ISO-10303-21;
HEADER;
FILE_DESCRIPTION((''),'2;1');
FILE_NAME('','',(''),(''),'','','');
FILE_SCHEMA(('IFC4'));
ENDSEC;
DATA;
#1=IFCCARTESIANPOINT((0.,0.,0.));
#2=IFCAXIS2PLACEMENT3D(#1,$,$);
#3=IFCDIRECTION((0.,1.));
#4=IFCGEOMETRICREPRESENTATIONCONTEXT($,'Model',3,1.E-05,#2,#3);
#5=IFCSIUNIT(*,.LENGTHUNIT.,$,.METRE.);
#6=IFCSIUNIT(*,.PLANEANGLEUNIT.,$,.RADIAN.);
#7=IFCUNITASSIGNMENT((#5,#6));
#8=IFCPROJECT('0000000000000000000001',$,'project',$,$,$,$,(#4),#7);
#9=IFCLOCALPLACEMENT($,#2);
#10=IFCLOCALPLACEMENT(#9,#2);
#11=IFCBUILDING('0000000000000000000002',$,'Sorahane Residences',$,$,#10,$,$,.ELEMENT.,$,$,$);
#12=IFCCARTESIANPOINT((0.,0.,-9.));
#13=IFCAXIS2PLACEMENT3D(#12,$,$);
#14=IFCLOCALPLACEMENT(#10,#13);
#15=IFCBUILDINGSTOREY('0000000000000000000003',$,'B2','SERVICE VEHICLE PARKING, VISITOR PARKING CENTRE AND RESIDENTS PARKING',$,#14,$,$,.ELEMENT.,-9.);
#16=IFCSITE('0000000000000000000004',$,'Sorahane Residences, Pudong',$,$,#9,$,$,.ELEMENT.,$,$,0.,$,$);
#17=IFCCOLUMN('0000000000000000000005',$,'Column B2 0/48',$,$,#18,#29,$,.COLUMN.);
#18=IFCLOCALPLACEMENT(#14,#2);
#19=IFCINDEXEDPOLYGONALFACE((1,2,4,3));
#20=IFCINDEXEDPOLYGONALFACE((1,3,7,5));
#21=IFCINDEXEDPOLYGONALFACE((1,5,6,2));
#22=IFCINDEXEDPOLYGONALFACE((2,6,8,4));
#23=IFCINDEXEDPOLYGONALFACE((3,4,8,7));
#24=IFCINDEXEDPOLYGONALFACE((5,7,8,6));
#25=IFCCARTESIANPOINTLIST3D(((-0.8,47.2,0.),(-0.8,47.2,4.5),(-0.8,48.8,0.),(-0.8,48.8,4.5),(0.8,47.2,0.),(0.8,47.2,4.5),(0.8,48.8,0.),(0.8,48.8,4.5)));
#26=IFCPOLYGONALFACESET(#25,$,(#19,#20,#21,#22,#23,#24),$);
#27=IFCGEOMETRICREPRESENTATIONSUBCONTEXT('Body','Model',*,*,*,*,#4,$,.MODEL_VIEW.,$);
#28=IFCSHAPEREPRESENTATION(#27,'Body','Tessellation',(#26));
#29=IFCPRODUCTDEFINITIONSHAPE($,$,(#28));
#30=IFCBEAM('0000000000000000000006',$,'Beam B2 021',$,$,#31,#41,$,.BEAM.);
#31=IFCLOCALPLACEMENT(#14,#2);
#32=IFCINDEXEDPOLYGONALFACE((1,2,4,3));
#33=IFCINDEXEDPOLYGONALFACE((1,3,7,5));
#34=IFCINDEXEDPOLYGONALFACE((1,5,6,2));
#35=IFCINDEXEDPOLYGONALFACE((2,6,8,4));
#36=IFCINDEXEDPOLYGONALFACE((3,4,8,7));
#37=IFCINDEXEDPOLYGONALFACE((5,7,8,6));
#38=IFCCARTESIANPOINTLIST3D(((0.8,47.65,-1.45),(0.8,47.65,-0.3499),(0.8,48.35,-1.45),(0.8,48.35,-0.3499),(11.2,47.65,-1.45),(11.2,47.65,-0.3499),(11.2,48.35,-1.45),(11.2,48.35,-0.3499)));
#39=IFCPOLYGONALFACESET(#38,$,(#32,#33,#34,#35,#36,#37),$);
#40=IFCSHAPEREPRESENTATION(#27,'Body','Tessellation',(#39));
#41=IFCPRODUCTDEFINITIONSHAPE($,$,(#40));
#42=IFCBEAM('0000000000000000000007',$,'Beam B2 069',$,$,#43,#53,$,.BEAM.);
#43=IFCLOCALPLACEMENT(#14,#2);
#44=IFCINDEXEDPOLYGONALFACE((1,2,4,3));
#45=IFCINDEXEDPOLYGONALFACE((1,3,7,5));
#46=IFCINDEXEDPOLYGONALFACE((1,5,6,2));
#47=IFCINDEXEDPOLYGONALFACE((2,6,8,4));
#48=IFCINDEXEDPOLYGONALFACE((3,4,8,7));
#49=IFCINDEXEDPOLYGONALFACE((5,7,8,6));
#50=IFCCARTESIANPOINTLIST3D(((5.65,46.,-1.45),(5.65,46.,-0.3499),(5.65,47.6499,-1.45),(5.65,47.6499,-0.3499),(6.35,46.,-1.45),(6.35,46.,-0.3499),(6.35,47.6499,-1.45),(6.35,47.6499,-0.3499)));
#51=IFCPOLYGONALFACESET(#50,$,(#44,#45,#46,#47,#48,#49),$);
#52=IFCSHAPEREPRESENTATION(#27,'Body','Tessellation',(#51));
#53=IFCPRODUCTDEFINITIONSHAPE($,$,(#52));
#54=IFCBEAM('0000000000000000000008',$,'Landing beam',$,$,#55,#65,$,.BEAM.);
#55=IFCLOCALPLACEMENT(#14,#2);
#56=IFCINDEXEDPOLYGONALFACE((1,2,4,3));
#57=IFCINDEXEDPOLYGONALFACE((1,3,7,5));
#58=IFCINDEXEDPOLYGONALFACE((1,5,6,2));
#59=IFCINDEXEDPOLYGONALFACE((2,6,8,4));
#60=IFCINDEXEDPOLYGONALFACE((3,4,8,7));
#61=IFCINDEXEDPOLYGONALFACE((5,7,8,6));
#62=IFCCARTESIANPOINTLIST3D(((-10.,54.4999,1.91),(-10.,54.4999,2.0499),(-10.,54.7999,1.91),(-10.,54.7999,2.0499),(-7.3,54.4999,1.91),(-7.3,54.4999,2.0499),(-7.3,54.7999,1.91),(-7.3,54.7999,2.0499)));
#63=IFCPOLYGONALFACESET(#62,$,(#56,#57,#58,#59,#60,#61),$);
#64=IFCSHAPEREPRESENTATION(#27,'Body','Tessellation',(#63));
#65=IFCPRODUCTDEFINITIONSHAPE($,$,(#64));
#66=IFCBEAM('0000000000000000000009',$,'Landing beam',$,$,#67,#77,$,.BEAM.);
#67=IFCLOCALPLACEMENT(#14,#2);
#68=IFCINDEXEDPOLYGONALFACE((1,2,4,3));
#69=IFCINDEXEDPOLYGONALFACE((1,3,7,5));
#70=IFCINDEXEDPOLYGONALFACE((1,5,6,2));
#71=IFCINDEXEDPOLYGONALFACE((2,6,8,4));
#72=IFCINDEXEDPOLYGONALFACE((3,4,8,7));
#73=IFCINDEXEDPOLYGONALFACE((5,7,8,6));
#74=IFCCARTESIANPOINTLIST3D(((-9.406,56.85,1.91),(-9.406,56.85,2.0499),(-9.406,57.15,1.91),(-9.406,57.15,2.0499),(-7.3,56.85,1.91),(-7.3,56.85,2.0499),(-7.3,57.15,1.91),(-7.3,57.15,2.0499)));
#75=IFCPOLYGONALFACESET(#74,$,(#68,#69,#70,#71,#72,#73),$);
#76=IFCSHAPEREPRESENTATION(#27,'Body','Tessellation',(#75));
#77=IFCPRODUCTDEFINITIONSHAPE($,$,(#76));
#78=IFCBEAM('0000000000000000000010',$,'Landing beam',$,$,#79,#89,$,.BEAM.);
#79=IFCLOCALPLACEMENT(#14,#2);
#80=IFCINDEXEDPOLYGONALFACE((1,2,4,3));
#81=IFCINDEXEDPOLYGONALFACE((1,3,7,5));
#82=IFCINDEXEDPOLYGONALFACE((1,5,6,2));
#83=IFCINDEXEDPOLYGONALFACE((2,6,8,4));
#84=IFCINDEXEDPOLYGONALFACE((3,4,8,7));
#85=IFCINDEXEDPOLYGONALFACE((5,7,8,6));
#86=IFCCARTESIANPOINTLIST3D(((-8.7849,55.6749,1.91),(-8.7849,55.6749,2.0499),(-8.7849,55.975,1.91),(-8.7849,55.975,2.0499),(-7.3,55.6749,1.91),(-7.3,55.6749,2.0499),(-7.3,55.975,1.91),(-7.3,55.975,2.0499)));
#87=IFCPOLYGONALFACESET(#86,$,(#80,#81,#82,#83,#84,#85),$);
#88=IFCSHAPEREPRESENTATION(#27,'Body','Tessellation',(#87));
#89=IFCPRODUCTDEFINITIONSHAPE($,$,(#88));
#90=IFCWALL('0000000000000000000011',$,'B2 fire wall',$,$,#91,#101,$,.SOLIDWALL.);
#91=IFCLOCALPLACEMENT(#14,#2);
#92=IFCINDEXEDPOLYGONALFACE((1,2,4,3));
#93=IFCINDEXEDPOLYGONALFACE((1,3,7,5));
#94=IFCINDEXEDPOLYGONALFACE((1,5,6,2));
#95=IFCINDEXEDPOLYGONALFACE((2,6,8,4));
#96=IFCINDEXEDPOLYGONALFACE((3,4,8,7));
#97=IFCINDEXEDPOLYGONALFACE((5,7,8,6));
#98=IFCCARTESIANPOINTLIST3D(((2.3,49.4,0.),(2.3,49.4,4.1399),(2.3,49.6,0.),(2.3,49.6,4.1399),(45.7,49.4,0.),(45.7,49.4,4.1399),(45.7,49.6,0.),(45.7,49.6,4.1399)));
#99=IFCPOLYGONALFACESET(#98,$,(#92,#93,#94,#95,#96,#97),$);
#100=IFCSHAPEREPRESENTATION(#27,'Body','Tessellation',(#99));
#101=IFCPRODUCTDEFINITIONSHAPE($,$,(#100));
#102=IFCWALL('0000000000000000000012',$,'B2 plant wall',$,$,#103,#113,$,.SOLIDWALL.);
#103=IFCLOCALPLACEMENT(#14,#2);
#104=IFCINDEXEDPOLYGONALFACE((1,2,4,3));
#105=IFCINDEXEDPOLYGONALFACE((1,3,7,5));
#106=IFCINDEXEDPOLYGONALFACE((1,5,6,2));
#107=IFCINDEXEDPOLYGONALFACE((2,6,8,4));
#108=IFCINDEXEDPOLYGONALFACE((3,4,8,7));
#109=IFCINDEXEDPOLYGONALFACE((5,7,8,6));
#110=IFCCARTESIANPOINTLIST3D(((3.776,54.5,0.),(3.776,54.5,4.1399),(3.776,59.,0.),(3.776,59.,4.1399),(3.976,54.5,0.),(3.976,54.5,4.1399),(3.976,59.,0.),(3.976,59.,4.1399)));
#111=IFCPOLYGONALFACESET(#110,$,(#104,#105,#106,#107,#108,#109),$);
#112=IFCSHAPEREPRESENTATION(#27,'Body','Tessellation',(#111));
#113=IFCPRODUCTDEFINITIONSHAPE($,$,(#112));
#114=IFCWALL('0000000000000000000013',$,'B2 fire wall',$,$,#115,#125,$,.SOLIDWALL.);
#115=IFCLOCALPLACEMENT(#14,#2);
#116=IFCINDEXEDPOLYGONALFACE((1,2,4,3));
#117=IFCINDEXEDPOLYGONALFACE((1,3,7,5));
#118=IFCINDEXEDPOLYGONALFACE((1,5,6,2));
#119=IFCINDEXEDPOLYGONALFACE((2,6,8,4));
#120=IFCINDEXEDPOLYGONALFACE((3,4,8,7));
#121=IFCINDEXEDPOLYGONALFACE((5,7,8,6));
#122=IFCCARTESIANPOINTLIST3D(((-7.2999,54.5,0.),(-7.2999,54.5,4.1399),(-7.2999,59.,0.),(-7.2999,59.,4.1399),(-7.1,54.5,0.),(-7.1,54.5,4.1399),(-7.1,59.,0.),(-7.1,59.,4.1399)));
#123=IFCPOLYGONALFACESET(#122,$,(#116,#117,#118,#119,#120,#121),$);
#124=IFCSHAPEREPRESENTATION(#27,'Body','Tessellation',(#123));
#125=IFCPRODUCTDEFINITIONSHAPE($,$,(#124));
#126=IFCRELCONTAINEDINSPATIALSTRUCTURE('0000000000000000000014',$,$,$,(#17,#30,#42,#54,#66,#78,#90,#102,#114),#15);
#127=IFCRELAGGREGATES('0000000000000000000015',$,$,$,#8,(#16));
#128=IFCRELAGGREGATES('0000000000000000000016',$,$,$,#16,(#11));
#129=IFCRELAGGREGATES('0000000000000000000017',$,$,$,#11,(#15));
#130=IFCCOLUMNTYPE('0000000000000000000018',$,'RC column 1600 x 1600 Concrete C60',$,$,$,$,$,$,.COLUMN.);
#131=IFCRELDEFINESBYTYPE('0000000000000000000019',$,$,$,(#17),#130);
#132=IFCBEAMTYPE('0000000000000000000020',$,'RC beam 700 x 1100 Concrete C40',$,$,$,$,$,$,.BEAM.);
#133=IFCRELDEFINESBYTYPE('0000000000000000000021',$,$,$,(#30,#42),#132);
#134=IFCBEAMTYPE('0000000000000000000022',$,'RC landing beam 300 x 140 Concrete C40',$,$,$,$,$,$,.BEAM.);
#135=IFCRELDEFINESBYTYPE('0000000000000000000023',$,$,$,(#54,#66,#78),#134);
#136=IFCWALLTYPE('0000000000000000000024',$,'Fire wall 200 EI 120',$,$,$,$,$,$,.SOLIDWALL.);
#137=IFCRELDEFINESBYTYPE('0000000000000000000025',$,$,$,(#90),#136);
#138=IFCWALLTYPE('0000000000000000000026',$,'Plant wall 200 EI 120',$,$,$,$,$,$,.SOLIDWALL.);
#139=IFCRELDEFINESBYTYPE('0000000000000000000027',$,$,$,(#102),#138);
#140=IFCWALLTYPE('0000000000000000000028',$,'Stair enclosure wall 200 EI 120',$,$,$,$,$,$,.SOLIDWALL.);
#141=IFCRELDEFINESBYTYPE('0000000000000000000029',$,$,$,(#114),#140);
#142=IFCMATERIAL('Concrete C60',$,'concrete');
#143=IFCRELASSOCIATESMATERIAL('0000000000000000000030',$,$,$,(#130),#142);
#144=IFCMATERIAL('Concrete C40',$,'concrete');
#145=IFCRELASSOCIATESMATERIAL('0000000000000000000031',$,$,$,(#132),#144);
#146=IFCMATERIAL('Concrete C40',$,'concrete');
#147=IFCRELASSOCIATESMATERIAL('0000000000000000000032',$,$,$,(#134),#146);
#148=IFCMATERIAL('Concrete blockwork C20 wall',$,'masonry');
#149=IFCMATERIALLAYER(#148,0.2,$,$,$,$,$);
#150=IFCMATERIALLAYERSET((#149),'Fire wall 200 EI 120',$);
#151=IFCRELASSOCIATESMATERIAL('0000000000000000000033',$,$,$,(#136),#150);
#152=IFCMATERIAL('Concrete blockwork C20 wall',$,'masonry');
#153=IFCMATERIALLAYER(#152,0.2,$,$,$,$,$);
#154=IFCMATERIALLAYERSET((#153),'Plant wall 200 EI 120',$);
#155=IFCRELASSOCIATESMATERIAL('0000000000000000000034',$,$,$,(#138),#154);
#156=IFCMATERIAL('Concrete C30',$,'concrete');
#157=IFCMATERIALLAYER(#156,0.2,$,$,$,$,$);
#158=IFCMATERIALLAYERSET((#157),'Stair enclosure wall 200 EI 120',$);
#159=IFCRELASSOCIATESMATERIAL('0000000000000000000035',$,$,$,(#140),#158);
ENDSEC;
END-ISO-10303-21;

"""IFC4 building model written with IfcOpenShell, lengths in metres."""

from ifc_helpers import new_model, si_unit, direction, frame, frame_2d, origin, origin_2d, place, context, subcontext, project, spatial, rectangle, extrude, material, layer, layer_set, material_profile, profile_set, type_object, element, save


model = new_model("IFC4")

# Units and contexts
model_context = context("Model", 3, precision=1e-05, world=origin(), true_north=direction((0.0, 1.0)))
body_context = subcontext(model_context, "Body", "Model", "MODEL_VIEW")
ifc_project = project(units=[si_unit("LENGTHUNIT", "METRE"), si_unit("PLANEANGLEUNIT", "RADIAN")], contexts=[model_context])

# Site, building, storey
site_placement = place(None, origin())
site = spatial("IfcSite", under=ifc_project, at=site_placement, Name="Sorahane Residences, Pudong", CompositionType="ELEMENT", RefElevation=0.0)
building_placement = place(site_placement, origin())
building = spatial("IfcBuilding", under=site, at=building_placement, Name="Sorahane Residences", CompositionType="ELEMENT")
storey_placement = place(building_placement, frame((0.0, 0.0, -9.0)))
storey = spatial("IfcBuildingStorey", under=building, at=storey_placement, Name="B2", Description="SERVICE VEHICLE PARKING, VISITOR PARKING CENTRE AND RESIDENTS PARKING", CompositionType="ELEMENT", Elevation=-9.0)

# Column
ifc_material_1 = material(Name="Concrete C60", Category="concrete")
ifc_material_profile_1 = material_profile(ifc_material_1, rectangle(XDim=1.6001, YDim=1.6001, at=origin_2d()), Name="1600x1600")
ifc_profile_set_1 = profile_set([ifc_material_profile_1], Name="Concrete C60")
column_type = type_object("IfcColumnType", Name="RC column 1600 x 1600 Concrete C60", PredefinedType="COLUMN", material=ifc_profile_set_1)
column_placement = place(storey_placement, frame((0.0, 48.0, 0.0), z_axis=(0.0, 0.0, 1.0), x_axis=(1.0, 0.0, 0.0)))
element("IfcColumn", 1, at=column_placement, inside=storey, type_object=column_type, Name="Column B2 0/48", PredefinedType="COLUMN", context=body_context, shape_type="SweptSolid", body=[
    extrude(rectangle(XDim=1.6001, YDim=1.6001, at=origin_2d()), origin(), (0.0, 0.0, 1.0), 4.5),
])

# Beams
ifc_material_2 = material(Name="Concrete C40", Category="concrete")
ifc_material_profile_2 = material_profile(ifc_material_2, rectangle(XDim=0.7, YDim=1.1001, at=origin_2d()), Name="700x1100")
ifc_profile_set_2 = profile_set([ifc_material_profile_2], Name="Concrete C40")
beam_type_1 = type_object("IfcBeamType", Name="RC beam 700 x 1100 Concrete C40", PredefinedType="BEAM", material=ifc_profile_set_2)
beam_1_placement = place(storey_placement, frame((0.8, 48.0, -0.8999), z_axis=(1.0, 0.0, 0.0), x_axis=(0.0, 1.0, 0.0)))
element("IfcBeam", 2, at=beam_1_placement, inside=storey, type_object=beam_type_1, Name="Beam B2 021", PredefinedType="BEAM", context=body_context, shape_type="SweptSolid", body=[
    extrude(rectangle(XDim=0.7, YDim=1.1001, at=origin_2d()), origin(), (0.0, 0.0, 1.0), 10.3999),
])
beam_2_placement = place(storey_placement, frame((6.0, 46.0, -0.8999), z_axis=(0.0, 1.0, 0.0), x_axis=(-1.0, 0.0, 0.0)))
element("IfcBeam", 3, at=beam_2_placement, inside=storey, type_object=beam_type_1, Name="Beam B2 069", PredefinedType="BEAM", context=body_context, shape_type="SweptSolid", body=[
    extrude(rectangle(XDim=0.7, YDim=1.1001, at=origin_2d()), origin(), (0.0, 0.0, 1.0), 1.6499),
])
ifc_material_3 = material(Name="Concrete C40", Category="concrete")
ifc_material_profile_3 = material_profile(ifc_material_3, rectangle(XDim=0.3, YDim=0.1399, at=origin_2d()), Name="300x140")
ifc_profile_set_3 = profile_set([ifc_material_profile_3], Name="Concrete C40")
beam_type_2 = type_object("IfcBeamType", Name="RC landing beam 300 x 140 Concrete C40", PredefinedType="BEAM", material=ifc_profile_set_3)
beam_3_placement = place(storey_placement, frame((-7.3, 54.6499, 1.98), z_axis=(-1.0, 0.0, 0.0), x_axis=(0.0, -1.0, 0.0)))
element("IfcBeam", 4, at=beam_3_placement, inside=storey, type_object=beam_type_2, Name="Landing beam", PredefinedType="BEAM", context=body_context, shape_type="SweptSolid", body=[
    extrude(rectangle(XDim=0.3, YDim=0.1399, at=origin_2d()), origin(), (0.0, 0.0, 1.0), 2.7),
])
beam_4_placement = place(storey_placement, frame((-7.3, 57.0, 1.98), z_axis=(-1.0, 0.0, 0.0), x_axis=(0.0, -1.0, 0.0)))
element("IfcBeam", 5, at=beam_4_placement, inside=storey, type_object=beam_type_2, Name="Landing beam", PredefinedType="BEAM", context=body_context, shape_type="SweptSolid", body=[
    extrude(rectangle(XDim=0.3, YDim=0.1399, at=origin_2d()), origin(), (0.0, 0.0, 1.0), 2.106),
])
beam_5_placement = place(storey_placement, frame((-7.3, 55.825, 1.98), z_axis=(-1.0, 0.0, 0.0), x_axis=(0.0, -1.0, 0.0)))
element("IfcBeam", 6, at=beam_5_placement, inside=storey, type_object=beam_type_2, Name="Landing beam", PredefinedType="BEAM", context=body_context, shape_type="SweptSolid", body=[
    extrude(rectangle(XDim=0.3, YDim=0.1399, at=origin_2d()), origin(), (0.0, 0.0, 1.0), 1.4849),
])

# Walls
ifc_material_4 = material(Name="Concrete blockwork C20 wall", Category="masonry")
ifc_layer_1 = layer(ifc_material_4, 0.2)
ifc_layer_set_1 = layer_set([ifc_layer_1], Name="Fire wall 200 EI 120")
wall_type_1 = type_object("IfcWallType", Name="Fire wall 200 EI 120", PredefinedType="SOLIDWALL", material=ifc_layer_set_1)
wall_1_placement = place(storey_placement, frame((2.3, 49.5, 0.0), z_axis=(0.0, 0.0, 1.0), x_axis=(1.0, 0.0, 0.0)))
element("IfcWall", 7, at=wall_1_placement, inside=storey, type_object=wall_type_1, Name="B2 fire wall", PredefinedType="SOLIDWALL", context=body_context, shape_type="SweptSolid", body=[
    extrude(rectangle(XDim=43.3999, YDim=0.2, at=frame_2d((21.7, 0.0))), origin(), (0.0, 0.0, 1.0), 4.1399),
])
ifc_material_5 = material(Name="Concrete blockwork C20 wall", Category="masonry")
ifc_layer_2 = layer(ifc_material_5, 0.2)
ifc_layer_set_2 = layer_set([ifc_layer_2], Name="Plant wall 200 EI 120")
wall_type_2 = type_object("IfcWallType", Name="Plant wall 200 EI 120", PredefinedType="SOLIDWALL", material=ifc_layer_set_2)
wall_2_placement = place(storey_placement, frame((3.876, 54.5, 0.0), z_axis=(0.0, 0.0, 1.0), x_axis=(0.0, 1.0, 0.0)))
element("IfcWall", 8, at=wall_2_placement, inside=storey, type_object=wall_type_2, Name="B2 plant wall", PredefinedType="SOLIDWALL", context=body_context, shape_type="SweptSolid", body=[
    extrude(rectangle(XDim=4.5, YDim=0.2, at=frame_2d((2.25, 0.0))), origin(), (0.0, 0.0, 1.0), 4.1399),
])
ifc_material_6 = material(Name="Concrete C30", Category="concrete")
ifc_layer_3 = layer(ifc_material_6, 0.2)
ifc_layer_set_3 = layer_set([ifc_layer_3], Name="Stair enclosure wall 200 EI 120")
wall_type_3 = type_object("IfcWallType", Name="Stair enclosure wall 200 EI 120", PredefinedType="SOLIDWALL", material=ifc_layer_set_3)
wall_3_placement = place(storey_placement, frame((-7.2, 54.5, 0.0), z_axis=(0.0, 0.0, 1.0), x_axis=(0.0, 1.0, 0.0)))
element("IfcWall", 9, at=wall_3_placement, inside=storey, type_object=wall_type_3, Name="B2 fire wall", PredefinedType="SOLIDWALL", context=body_context, shape_type="SweptSolid", body=[
    extrude(rectangle(XDim=4.5, YDim=0.2, at=frame_2d((2.25, 0.0))), origin(), (0.0, 0.0, 1.0), 4.1399),
])

save(model, "model.ifc")
